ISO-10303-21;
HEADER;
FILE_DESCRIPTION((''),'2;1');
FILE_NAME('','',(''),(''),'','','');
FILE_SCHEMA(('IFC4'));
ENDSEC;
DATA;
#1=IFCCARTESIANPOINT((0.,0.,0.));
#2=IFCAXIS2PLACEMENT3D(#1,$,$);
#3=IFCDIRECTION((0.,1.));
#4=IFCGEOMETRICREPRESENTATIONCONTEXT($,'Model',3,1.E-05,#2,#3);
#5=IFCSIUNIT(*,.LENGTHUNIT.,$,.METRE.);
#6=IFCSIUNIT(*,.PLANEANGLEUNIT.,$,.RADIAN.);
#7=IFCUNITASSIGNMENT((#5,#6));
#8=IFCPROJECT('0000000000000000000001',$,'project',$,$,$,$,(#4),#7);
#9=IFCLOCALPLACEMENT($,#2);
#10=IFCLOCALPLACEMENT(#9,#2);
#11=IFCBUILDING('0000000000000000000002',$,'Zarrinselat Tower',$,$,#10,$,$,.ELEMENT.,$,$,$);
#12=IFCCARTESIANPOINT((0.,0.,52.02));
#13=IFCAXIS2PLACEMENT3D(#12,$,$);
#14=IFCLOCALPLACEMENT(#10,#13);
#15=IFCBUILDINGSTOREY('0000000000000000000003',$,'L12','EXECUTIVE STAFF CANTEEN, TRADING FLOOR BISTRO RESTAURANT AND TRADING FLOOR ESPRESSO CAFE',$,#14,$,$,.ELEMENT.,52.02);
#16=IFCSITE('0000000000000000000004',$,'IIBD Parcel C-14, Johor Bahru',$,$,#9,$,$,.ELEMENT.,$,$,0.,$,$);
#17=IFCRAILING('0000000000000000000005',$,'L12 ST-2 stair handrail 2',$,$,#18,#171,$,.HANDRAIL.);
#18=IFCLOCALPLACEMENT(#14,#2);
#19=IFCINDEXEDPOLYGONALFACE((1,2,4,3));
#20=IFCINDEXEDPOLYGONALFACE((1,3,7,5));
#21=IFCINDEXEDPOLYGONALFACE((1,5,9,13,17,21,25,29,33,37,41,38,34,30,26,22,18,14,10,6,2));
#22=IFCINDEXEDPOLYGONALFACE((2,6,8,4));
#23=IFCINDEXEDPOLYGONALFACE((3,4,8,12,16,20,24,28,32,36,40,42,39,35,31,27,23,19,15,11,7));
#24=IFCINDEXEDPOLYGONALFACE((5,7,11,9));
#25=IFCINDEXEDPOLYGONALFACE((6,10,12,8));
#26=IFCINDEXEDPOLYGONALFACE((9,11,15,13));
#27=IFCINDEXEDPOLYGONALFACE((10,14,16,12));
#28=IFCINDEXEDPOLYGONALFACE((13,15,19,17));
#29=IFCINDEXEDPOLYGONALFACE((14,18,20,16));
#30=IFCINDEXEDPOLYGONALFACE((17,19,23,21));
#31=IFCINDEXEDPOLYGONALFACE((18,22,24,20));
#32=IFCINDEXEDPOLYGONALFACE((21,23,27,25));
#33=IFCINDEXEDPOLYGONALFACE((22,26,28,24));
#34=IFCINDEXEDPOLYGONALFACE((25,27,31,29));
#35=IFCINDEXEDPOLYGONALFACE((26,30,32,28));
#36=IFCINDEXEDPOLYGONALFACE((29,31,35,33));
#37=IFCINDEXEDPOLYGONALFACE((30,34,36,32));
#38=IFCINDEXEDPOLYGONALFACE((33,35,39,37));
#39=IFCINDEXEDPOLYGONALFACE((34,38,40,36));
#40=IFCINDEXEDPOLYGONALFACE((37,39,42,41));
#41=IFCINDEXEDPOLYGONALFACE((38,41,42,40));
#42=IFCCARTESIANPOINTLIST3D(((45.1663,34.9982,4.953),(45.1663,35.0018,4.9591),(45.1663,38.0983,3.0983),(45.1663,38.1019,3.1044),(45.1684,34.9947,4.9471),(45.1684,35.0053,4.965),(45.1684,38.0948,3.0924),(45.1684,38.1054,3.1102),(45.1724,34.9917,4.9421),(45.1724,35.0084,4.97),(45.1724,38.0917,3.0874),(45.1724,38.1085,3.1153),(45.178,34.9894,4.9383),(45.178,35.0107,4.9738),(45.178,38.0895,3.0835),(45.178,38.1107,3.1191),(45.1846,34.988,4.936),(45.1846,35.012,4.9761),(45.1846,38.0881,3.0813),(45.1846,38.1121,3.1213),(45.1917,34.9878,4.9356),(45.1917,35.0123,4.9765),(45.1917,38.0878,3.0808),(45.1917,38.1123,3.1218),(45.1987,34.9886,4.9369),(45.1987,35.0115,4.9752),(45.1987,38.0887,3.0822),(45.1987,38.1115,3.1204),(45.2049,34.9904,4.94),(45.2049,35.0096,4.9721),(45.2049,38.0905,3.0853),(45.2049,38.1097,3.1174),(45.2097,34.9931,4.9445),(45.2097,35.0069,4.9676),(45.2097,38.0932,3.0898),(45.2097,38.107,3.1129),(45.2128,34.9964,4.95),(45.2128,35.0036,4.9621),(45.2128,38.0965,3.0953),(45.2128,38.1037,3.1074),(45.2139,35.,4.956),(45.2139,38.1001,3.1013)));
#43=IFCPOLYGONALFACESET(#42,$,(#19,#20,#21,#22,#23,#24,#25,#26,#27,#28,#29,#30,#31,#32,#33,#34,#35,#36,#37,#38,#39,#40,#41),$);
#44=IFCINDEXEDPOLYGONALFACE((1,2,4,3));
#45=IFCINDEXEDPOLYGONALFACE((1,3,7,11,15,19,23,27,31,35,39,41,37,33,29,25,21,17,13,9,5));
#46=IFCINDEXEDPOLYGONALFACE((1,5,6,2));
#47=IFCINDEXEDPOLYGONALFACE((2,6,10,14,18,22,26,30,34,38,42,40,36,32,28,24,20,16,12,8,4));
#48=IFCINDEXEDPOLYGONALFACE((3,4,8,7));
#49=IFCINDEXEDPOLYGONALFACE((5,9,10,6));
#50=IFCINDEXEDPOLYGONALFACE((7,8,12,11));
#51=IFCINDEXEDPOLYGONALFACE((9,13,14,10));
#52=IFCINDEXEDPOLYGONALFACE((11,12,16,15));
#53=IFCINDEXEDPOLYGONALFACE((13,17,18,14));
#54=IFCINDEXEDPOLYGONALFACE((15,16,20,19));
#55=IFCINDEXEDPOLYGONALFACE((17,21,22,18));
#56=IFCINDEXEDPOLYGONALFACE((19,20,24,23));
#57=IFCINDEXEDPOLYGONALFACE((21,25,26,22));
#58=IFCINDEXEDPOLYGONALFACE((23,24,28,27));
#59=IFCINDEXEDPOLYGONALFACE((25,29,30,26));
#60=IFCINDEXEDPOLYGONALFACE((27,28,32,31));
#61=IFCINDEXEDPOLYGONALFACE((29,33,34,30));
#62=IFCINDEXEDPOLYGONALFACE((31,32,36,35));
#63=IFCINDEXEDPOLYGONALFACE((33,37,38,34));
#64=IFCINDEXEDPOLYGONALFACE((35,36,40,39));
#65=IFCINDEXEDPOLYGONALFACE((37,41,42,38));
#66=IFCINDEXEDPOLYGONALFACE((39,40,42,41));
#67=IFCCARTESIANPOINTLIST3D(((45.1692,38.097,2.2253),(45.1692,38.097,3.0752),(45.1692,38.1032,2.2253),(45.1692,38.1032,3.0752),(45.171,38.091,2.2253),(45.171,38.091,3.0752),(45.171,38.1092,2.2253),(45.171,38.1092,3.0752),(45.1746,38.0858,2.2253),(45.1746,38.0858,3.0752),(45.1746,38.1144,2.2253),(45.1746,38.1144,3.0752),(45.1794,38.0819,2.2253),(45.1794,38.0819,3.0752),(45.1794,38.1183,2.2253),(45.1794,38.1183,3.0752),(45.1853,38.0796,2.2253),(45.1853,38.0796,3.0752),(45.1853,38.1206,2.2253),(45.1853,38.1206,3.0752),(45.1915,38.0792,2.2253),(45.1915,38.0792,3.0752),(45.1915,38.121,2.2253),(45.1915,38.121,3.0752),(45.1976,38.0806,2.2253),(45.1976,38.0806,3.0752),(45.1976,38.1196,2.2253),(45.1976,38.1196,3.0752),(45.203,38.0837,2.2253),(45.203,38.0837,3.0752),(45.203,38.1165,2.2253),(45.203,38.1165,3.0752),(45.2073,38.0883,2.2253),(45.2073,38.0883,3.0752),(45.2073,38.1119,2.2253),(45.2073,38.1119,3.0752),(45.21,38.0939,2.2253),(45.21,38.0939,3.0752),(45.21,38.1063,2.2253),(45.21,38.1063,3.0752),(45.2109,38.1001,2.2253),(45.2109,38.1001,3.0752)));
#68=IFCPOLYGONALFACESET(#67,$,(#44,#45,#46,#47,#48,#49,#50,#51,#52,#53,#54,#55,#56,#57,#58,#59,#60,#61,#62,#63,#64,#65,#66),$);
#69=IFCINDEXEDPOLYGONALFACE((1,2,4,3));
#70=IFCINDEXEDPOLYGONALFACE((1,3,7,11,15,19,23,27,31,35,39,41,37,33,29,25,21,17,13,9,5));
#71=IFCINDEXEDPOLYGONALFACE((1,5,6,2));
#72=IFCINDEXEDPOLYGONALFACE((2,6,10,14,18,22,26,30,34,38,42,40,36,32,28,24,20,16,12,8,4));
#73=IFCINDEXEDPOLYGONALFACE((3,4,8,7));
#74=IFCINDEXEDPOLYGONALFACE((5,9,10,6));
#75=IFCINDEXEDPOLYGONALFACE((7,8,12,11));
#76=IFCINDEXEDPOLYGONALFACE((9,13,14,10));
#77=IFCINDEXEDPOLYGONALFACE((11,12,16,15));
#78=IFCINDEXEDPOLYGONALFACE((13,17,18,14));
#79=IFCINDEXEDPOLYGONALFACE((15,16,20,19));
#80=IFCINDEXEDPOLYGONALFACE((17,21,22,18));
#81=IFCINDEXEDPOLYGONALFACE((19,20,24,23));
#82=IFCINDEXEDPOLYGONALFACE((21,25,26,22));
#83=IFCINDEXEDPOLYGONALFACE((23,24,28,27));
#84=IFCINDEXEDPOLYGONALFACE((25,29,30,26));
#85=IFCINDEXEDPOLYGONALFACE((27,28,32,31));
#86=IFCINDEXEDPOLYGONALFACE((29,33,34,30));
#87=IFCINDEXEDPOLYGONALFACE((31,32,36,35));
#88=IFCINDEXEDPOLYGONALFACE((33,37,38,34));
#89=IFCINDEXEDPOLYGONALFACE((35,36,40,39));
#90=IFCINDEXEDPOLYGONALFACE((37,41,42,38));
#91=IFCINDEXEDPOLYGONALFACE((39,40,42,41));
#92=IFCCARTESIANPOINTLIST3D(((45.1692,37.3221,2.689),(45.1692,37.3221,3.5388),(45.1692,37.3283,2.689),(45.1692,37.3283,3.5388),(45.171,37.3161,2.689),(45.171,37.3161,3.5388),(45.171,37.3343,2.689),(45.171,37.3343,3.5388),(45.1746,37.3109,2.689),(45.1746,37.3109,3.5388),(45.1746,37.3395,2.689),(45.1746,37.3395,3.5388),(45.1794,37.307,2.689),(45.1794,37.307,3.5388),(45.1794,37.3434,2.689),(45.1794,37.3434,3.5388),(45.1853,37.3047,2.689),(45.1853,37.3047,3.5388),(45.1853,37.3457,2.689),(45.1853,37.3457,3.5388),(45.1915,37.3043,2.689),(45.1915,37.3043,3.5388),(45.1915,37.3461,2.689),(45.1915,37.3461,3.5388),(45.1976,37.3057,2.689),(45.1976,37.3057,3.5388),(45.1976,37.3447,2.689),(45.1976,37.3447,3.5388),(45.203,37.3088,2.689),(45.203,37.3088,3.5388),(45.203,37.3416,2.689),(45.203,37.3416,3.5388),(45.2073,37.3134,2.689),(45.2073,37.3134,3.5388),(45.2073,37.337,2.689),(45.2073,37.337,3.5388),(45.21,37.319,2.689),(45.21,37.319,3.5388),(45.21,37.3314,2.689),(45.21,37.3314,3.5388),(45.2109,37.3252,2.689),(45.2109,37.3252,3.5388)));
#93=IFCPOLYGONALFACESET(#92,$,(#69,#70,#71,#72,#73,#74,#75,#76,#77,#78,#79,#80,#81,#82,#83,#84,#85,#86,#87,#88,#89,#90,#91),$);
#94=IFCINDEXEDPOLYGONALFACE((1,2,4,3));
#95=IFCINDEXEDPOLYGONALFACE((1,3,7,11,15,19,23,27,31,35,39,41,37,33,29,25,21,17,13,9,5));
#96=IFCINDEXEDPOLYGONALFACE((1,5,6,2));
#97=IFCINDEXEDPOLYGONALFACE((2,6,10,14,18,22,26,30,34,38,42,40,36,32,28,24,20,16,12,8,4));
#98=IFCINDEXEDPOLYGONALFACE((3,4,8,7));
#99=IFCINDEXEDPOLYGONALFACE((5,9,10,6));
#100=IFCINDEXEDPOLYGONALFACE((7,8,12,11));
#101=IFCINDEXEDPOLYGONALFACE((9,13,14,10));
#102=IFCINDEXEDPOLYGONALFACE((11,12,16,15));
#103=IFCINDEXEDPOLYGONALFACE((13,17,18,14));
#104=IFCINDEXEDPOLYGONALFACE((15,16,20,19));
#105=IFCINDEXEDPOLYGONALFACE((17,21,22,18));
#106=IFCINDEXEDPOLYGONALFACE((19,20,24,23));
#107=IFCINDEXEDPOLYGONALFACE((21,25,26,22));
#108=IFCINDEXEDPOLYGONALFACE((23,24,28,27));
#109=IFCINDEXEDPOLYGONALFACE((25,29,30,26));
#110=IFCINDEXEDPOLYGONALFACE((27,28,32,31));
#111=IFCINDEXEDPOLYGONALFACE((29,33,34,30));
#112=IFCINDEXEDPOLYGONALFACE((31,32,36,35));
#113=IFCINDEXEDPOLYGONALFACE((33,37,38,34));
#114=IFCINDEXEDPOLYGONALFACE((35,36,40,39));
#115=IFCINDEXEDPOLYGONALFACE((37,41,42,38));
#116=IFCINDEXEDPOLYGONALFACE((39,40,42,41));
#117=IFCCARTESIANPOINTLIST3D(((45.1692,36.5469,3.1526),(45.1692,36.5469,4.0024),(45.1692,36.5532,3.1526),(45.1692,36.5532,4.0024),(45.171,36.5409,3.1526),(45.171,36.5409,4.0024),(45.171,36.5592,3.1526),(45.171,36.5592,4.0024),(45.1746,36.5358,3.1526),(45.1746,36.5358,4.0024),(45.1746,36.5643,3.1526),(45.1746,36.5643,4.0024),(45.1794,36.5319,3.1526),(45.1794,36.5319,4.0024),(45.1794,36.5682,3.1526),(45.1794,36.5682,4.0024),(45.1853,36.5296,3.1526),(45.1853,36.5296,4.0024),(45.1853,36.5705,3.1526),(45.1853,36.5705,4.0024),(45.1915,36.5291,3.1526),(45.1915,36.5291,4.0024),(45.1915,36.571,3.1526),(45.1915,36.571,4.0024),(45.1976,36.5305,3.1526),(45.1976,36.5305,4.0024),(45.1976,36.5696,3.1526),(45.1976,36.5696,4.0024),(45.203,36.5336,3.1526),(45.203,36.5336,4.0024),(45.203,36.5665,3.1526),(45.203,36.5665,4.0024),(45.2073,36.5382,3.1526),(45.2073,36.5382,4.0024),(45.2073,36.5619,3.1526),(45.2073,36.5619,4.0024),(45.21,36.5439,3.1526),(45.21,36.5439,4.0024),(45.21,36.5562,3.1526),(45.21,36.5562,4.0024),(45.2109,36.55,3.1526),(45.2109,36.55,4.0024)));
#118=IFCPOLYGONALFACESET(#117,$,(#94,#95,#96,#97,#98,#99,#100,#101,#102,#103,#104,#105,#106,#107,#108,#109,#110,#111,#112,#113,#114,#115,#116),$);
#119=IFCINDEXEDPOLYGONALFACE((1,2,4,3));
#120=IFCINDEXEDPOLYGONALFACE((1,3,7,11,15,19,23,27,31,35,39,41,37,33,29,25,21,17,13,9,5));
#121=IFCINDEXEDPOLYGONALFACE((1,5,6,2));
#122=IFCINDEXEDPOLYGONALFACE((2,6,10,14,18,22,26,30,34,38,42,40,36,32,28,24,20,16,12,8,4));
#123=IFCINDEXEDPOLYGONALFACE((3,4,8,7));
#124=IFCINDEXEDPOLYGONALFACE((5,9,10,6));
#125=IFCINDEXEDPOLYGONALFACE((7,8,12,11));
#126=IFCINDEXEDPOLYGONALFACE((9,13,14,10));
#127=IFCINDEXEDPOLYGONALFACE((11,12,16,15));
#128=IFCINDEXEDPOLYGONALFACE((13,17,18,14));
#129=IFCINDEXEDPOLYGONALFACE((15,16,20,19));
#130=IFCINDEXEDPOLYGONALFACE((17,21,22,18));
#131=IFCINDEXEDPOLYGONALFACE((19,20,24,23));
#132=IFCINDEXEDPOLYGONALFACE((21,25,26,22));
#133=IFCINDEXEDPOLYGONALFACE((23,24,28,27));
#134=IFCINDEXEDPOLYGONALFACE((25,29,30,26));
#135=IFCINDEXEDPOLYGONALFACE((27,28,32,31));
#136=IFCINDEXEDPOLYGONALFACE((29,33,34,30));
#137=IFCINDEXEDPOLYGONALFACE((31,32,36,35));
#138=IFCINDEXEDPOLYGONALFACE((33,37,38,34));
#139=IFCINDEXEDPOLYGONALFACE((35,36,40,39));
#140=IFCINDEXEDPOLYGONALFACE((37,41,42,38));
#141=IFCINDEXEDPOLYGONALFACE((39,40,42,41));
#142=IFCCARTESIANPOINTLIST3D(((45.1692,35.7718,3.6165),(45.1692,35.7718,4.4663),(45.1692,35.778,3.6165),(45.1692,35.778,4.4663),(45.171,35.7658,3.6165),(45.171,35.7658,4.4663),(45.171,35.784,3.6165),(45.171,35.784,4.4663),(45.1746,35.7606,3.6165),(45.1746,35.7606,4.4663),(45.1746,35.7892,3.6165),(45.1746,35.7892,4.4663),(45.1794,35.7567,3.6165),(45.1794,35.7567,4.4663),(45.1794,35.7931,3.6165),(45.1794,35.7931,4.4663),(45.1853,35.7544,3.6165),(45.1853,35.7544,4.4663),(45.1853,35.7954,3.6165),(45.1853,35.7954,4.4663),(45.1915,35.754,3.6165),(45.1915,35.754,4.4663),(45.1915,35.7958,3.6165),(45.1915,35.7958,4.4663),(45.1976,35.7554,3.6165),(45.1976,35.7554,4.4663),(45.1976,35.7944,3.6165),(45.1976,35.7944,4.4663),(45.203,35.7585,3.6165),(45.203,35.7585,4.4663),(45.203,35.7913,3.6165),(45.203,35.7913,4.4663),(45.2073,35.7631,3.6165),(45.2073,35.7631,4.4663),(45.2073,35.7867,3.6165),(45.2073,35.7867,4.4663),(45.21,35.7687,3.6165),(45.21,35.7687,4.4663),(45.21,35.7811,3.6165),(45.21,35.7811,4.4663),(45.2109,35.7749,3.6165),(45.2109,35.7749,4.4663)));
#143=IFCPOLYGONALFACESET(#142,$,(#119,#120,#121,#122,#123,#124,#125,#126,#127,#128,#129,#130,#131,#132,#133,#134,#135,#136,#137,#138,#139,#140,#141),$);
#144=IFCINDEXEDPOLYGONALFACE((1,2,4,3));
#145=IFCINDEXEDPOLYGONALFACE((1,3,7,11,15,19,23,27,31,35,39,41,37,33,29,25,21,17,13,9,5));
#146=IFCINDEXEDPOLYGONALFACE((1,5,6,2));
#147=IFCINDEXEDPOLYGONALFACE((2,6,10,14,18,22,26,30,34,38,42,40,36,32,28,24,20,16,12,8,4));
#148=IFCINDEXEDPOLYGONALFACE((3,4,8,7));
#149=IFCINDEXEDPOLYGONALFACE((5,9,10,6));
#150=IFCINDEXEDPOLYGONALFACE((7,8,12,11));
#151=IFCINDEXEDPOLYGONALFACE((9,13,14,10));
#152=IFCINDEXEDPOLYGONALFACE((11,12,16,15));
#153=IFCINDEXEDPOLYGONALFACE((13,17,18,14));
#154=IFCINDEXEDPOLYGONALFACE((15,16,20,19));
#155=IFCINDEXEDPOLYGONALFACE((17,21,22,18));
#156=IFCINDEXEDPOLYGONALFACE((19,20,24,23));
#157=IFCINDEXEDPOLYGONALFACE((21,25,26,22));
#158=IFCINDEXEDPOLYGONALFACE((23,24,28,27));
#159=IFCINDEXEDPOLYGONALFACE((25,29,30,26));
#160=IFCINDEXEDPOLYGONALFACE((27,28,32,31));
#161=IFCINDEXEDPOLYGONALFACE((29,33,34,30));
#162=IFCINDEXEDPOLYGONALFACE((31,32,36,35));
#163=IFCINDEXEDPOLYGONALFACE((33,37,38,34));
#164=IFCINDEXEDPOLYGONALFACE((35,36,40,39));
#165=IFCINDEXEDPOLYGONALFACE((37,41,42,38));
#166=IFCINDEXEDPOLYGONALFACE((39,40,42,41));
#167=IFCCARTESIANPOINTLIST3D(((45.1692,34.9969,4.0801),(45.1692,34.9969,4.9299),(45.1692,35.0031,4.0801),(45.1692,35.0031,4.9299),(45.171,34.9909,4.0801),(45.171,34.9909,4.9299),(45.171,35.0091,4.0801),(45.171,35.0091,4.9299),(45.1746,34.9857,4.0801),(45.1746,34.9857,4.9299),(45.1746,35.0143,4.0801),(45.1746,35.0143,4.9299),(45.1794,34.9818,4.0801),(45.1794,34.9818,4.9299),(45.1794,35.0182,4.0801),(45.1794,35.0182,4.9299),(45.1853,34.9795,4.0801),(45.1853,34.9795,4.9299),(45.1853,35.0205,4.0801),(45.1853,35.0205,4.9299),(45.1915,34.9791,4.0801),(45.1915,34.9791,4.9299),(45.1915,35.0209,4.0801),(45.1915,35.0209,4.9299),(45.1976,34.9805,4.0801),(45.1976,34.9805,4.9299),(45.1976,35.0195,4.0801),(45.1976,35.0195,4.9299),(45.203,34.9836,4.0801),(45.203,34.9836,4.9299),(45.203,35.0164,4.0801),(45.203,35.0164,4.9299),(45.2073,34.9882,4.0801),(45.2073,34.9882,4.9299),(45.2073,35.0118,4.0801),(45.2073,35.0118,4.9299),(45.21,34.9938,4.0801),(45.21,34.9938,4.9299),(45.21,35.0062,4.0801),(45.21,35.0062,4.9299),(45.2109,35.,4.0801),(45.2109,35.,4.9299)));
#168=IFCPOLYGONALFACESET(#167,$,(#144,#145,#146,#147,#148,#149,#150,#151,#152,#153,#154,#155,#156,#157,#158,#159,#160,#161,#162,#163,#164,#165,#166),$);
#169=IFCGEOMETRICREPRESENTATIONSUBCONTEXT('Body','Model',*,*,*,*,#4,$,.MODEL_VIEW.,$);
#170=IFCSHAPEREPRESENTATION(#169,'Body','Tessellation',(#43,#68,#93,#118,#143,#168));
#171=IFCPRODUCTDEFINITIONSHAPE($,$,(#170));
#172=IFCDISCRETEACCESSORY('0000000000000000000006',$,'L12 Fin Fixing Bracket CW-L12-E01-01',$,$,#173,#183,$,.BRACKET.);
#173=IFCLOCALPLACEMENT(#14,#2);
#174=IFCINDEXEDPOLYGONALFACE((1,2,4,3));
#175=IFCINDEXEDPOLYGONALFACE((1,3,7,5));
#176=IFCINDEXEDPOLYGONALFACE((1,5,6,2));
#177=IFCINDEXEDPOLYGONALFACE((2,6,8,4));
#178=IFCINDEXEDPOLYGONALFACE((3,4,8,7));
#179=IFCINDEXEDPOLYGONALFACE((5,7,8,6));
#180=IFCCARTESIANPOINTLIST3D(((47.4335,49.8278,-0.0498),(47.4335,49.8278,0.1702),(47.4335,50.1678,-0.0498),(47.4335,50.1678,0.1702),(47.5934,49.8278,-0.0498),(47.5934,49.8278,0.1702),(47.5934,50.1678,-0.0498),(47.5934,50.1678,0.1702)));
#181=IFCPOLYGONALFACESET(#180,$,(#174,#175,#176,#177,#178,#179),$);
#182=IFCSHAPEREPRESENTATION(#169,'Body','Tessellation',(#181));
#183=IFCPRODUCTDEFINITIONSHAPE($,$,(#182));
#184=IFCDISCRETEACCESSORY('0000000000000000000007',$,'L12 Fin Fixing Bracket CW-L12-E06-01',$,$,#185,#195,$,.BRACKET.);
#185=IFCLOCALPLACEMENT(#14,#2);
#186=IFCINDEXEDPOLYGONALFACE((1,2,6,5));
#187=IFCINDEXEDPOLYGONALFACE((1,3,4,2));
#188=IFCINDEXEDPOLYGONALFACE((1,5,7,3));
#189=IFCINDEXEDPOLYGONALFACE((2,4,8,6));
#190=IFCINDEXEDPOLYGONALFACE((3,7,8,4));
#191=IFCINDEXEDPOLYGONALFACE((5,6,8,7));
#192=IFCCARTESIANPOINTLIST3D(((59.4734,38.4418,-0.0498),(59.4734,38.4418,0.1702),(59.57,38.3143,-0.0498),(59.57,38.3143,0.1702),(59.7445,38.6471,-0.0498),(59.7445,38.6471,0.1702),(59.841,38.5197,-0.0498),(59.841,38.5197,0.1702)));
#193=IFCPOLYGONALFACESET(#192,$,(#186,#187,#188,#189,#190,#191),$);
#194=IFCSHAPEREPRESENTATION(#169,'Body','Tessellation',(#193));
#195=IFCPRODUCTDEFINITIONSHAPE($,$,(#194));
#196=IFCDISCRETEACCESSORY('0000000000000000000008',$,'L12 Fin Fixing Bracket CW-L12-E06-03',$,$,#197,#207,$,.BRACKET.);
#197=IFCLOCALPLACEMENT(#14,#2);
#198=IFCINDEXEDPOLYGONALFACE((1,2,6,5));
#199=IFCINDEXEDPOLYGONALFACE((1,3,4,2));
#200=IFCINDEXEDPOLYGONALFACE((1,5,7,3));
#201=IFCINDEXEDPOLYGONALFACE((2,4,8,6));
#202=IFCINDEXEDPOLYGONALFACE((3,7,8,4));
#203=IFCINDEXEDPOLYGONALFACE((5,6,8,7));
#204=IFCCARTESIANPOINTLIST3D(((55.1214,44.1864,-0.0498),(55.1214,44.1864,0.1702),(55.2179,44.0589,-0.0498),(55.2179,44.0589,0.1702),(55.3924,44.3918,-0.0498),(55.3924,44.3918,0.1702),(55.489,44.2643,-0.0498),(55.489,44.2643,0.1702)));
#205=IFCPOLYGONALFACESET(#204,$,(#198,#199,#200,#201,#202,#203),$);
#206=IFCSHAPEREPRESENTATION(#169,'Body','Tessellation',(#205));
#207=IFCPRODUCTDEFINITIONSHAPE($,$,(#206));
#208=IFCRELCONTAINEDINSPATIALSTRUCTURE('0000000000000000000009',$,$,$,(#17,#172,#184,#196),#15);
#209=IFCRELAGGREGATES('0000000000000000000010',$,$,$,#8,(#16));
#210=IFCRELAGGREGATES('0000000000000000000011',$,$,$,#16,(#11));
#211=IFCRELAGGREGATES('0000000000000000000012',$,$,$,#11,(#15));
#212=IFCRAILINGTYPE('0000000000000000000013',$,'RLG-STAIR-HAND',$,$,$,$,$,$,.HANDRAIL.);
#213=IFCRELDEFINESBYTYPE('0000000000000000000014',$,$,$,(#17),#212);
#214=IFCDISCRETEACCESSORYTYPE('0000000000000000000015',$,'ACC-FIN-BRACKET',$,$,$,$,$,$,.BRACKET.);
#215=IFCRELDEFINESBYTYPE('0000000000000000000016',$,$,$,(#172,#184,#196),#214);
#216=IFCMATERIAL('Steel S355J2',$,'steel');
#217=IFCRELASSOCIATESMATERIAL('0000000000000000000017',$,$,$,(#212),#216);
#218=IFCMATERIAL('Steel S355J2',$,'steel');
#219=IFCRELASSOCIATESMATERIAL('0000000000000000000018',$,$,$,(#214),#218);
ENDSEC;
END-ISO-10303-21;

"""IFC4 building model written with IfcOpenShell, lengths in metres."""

from ifc_helpers import new_model, si_unit, direction, frame, origin, origin_2d, place, context, subcontext, project, spatial, rectangle, circle, extrude, material, type_object, element, save


model = new_model("IFC4")

# Units and contexts
model_context = context("Model", 3, precision=1e-05, world=origin(), true_north=direction((0.0, 1.0)))
body_context = subcontext(model_context, "Body", "Model", "MODEL_VIEW")
ifc_project = project(units=[si_unit("LENGTHUNIT", "METRE"), si_unit("PLANEANGLEUNIT", "RADIAN")], contexts=[model_context])

# Site, building, storey
site_placement = place(None, origin())
site = spatial("IfcSite", under=ifc_project, at=site_placement, Name="IIBD Parcel C-14, Johor Bahru", CompositionType="ELEMENT", RefElevation=0.0)
building_placement = place(site_placement, origin())
building = spatial("IfcBuilding", under=site, at=building_placement, Name="Zarrinselat Tower", CompositionType="ELEMENT")
storey_placement = place(building_placement, frame((0.0, 0.0, 52.02)))
storey = spatial("IfcBuildingStorey", under=building, at=storey_placement, Name="L12", Description="EXECUTIVE STAFF CANTEEN, TRADING FLOOR BISTRO RESTAURANT AND TRADING FLOOR ESPRESSO CAFE", CompositionType="ELEMENT", Elevation=52.02)

# Railing
ifc_material_1 = material(Name="Steel S355J2", Category="steel")
railing_type_1 = type_object("IfcRailingType", Name="RLG-STAIR-HAND", PredefinedType="HANDRAIL", material=ifc_material_1)
railing_1_placement = place(storey_placement, frame((45.1899, 38.1001, 2.2253)))
element("IfcRailing", 1, at=railing_1_placement, inside=storey, type_object=railing_type_1, Name="L12 ST-2 stair handrail 2", PredefinedType="HANDRAIL", context=body_context, shape_type="SweptSolid", body=[
    extrude(circle(Radius=0.0239, at=origin_2d()), frame((0.0, 0.0, 0.876), z_axis=(0.0, -0.858142, 0.513412), x_axis=(1.0, 0.0, 0.0)), (0.0, 0.0, 1.0), 3.6125),
    extrude(circle(Radius=0.021, at=origin_2d()), origin(), (0.0, 0.0, 1.0), 0.8499),
    extrude(circle(Radius=0.021, at=origin_2d()), frame((0.0, -0.7749, 0.4636)), (0.0, 0.0, 1.0), 0.8499),
    extrude(circle(Radius=0.021, at=origin_2d()), frame((0.0, -1.55, 0.9272)), (0.0, 0.0, 1.0), 0.8499),
    extrude(circle(Radius=0.021, at=origin_2d()), frame((0.0, -2.3252, 1.3911)), (0.0, 0.0, 1.0), 0.8499),
    extrude(circle(Radius=0.021, at=origin_2d()), frame((0.0, -3.1001, 1.8547)), (0.0, 0.0, 1.0), 0.8499),
])

# Discrete accessories
ifc_material_2 = material(Name="Steel S355J2", Category="steel")
discrete_accessory_type = type_object("IfcDiscreteAccessoryType", Name="ACC-FIN-BRACKET", PredefinedType="BRACKET", material=ifc_material_2)
for number, where, z_axis, x_axis, name in (
    (2, (47.5134, 49.9978, -0.0498), (0.0, 0.0, 1.0), (0.0, 1.0, 0.0), "L12 Fin Fixing Bracket CW-L12-E01-01"),
    (3, (59.6572, 38.4807, -0.0498), (0.0, 0.0, 1.0), (0.797093, 0.603857, 0.0), "L12 Fin Fixing Bracket CW-L12-E06-01"),
    (4, (55.3052, 44.2253, -0.0498), (0.0, 0.0, 1.0), (0.797093, 0.603857, 0.0), "L12 Fin Fixing Bracket CW-L12-E06-03"),
):
    element("IfcDiscreteAccessory", number, at=place(storey_placement, frame(where, z_axis=z_axis, x_axis=x_axis)), inside=storey, type_object=discrete_accessory_type, Name=name, PredefinedType="BRACKET", context=body_context, shape_type="SweptSolid", body=[
        extrude(rectangle(XDim=0.3401, YDim=0.1599, at=origin_2d()), origin(), (0.0, 0.0, 1.0), 0.22),
    ])

save(model, "model.ifc")
